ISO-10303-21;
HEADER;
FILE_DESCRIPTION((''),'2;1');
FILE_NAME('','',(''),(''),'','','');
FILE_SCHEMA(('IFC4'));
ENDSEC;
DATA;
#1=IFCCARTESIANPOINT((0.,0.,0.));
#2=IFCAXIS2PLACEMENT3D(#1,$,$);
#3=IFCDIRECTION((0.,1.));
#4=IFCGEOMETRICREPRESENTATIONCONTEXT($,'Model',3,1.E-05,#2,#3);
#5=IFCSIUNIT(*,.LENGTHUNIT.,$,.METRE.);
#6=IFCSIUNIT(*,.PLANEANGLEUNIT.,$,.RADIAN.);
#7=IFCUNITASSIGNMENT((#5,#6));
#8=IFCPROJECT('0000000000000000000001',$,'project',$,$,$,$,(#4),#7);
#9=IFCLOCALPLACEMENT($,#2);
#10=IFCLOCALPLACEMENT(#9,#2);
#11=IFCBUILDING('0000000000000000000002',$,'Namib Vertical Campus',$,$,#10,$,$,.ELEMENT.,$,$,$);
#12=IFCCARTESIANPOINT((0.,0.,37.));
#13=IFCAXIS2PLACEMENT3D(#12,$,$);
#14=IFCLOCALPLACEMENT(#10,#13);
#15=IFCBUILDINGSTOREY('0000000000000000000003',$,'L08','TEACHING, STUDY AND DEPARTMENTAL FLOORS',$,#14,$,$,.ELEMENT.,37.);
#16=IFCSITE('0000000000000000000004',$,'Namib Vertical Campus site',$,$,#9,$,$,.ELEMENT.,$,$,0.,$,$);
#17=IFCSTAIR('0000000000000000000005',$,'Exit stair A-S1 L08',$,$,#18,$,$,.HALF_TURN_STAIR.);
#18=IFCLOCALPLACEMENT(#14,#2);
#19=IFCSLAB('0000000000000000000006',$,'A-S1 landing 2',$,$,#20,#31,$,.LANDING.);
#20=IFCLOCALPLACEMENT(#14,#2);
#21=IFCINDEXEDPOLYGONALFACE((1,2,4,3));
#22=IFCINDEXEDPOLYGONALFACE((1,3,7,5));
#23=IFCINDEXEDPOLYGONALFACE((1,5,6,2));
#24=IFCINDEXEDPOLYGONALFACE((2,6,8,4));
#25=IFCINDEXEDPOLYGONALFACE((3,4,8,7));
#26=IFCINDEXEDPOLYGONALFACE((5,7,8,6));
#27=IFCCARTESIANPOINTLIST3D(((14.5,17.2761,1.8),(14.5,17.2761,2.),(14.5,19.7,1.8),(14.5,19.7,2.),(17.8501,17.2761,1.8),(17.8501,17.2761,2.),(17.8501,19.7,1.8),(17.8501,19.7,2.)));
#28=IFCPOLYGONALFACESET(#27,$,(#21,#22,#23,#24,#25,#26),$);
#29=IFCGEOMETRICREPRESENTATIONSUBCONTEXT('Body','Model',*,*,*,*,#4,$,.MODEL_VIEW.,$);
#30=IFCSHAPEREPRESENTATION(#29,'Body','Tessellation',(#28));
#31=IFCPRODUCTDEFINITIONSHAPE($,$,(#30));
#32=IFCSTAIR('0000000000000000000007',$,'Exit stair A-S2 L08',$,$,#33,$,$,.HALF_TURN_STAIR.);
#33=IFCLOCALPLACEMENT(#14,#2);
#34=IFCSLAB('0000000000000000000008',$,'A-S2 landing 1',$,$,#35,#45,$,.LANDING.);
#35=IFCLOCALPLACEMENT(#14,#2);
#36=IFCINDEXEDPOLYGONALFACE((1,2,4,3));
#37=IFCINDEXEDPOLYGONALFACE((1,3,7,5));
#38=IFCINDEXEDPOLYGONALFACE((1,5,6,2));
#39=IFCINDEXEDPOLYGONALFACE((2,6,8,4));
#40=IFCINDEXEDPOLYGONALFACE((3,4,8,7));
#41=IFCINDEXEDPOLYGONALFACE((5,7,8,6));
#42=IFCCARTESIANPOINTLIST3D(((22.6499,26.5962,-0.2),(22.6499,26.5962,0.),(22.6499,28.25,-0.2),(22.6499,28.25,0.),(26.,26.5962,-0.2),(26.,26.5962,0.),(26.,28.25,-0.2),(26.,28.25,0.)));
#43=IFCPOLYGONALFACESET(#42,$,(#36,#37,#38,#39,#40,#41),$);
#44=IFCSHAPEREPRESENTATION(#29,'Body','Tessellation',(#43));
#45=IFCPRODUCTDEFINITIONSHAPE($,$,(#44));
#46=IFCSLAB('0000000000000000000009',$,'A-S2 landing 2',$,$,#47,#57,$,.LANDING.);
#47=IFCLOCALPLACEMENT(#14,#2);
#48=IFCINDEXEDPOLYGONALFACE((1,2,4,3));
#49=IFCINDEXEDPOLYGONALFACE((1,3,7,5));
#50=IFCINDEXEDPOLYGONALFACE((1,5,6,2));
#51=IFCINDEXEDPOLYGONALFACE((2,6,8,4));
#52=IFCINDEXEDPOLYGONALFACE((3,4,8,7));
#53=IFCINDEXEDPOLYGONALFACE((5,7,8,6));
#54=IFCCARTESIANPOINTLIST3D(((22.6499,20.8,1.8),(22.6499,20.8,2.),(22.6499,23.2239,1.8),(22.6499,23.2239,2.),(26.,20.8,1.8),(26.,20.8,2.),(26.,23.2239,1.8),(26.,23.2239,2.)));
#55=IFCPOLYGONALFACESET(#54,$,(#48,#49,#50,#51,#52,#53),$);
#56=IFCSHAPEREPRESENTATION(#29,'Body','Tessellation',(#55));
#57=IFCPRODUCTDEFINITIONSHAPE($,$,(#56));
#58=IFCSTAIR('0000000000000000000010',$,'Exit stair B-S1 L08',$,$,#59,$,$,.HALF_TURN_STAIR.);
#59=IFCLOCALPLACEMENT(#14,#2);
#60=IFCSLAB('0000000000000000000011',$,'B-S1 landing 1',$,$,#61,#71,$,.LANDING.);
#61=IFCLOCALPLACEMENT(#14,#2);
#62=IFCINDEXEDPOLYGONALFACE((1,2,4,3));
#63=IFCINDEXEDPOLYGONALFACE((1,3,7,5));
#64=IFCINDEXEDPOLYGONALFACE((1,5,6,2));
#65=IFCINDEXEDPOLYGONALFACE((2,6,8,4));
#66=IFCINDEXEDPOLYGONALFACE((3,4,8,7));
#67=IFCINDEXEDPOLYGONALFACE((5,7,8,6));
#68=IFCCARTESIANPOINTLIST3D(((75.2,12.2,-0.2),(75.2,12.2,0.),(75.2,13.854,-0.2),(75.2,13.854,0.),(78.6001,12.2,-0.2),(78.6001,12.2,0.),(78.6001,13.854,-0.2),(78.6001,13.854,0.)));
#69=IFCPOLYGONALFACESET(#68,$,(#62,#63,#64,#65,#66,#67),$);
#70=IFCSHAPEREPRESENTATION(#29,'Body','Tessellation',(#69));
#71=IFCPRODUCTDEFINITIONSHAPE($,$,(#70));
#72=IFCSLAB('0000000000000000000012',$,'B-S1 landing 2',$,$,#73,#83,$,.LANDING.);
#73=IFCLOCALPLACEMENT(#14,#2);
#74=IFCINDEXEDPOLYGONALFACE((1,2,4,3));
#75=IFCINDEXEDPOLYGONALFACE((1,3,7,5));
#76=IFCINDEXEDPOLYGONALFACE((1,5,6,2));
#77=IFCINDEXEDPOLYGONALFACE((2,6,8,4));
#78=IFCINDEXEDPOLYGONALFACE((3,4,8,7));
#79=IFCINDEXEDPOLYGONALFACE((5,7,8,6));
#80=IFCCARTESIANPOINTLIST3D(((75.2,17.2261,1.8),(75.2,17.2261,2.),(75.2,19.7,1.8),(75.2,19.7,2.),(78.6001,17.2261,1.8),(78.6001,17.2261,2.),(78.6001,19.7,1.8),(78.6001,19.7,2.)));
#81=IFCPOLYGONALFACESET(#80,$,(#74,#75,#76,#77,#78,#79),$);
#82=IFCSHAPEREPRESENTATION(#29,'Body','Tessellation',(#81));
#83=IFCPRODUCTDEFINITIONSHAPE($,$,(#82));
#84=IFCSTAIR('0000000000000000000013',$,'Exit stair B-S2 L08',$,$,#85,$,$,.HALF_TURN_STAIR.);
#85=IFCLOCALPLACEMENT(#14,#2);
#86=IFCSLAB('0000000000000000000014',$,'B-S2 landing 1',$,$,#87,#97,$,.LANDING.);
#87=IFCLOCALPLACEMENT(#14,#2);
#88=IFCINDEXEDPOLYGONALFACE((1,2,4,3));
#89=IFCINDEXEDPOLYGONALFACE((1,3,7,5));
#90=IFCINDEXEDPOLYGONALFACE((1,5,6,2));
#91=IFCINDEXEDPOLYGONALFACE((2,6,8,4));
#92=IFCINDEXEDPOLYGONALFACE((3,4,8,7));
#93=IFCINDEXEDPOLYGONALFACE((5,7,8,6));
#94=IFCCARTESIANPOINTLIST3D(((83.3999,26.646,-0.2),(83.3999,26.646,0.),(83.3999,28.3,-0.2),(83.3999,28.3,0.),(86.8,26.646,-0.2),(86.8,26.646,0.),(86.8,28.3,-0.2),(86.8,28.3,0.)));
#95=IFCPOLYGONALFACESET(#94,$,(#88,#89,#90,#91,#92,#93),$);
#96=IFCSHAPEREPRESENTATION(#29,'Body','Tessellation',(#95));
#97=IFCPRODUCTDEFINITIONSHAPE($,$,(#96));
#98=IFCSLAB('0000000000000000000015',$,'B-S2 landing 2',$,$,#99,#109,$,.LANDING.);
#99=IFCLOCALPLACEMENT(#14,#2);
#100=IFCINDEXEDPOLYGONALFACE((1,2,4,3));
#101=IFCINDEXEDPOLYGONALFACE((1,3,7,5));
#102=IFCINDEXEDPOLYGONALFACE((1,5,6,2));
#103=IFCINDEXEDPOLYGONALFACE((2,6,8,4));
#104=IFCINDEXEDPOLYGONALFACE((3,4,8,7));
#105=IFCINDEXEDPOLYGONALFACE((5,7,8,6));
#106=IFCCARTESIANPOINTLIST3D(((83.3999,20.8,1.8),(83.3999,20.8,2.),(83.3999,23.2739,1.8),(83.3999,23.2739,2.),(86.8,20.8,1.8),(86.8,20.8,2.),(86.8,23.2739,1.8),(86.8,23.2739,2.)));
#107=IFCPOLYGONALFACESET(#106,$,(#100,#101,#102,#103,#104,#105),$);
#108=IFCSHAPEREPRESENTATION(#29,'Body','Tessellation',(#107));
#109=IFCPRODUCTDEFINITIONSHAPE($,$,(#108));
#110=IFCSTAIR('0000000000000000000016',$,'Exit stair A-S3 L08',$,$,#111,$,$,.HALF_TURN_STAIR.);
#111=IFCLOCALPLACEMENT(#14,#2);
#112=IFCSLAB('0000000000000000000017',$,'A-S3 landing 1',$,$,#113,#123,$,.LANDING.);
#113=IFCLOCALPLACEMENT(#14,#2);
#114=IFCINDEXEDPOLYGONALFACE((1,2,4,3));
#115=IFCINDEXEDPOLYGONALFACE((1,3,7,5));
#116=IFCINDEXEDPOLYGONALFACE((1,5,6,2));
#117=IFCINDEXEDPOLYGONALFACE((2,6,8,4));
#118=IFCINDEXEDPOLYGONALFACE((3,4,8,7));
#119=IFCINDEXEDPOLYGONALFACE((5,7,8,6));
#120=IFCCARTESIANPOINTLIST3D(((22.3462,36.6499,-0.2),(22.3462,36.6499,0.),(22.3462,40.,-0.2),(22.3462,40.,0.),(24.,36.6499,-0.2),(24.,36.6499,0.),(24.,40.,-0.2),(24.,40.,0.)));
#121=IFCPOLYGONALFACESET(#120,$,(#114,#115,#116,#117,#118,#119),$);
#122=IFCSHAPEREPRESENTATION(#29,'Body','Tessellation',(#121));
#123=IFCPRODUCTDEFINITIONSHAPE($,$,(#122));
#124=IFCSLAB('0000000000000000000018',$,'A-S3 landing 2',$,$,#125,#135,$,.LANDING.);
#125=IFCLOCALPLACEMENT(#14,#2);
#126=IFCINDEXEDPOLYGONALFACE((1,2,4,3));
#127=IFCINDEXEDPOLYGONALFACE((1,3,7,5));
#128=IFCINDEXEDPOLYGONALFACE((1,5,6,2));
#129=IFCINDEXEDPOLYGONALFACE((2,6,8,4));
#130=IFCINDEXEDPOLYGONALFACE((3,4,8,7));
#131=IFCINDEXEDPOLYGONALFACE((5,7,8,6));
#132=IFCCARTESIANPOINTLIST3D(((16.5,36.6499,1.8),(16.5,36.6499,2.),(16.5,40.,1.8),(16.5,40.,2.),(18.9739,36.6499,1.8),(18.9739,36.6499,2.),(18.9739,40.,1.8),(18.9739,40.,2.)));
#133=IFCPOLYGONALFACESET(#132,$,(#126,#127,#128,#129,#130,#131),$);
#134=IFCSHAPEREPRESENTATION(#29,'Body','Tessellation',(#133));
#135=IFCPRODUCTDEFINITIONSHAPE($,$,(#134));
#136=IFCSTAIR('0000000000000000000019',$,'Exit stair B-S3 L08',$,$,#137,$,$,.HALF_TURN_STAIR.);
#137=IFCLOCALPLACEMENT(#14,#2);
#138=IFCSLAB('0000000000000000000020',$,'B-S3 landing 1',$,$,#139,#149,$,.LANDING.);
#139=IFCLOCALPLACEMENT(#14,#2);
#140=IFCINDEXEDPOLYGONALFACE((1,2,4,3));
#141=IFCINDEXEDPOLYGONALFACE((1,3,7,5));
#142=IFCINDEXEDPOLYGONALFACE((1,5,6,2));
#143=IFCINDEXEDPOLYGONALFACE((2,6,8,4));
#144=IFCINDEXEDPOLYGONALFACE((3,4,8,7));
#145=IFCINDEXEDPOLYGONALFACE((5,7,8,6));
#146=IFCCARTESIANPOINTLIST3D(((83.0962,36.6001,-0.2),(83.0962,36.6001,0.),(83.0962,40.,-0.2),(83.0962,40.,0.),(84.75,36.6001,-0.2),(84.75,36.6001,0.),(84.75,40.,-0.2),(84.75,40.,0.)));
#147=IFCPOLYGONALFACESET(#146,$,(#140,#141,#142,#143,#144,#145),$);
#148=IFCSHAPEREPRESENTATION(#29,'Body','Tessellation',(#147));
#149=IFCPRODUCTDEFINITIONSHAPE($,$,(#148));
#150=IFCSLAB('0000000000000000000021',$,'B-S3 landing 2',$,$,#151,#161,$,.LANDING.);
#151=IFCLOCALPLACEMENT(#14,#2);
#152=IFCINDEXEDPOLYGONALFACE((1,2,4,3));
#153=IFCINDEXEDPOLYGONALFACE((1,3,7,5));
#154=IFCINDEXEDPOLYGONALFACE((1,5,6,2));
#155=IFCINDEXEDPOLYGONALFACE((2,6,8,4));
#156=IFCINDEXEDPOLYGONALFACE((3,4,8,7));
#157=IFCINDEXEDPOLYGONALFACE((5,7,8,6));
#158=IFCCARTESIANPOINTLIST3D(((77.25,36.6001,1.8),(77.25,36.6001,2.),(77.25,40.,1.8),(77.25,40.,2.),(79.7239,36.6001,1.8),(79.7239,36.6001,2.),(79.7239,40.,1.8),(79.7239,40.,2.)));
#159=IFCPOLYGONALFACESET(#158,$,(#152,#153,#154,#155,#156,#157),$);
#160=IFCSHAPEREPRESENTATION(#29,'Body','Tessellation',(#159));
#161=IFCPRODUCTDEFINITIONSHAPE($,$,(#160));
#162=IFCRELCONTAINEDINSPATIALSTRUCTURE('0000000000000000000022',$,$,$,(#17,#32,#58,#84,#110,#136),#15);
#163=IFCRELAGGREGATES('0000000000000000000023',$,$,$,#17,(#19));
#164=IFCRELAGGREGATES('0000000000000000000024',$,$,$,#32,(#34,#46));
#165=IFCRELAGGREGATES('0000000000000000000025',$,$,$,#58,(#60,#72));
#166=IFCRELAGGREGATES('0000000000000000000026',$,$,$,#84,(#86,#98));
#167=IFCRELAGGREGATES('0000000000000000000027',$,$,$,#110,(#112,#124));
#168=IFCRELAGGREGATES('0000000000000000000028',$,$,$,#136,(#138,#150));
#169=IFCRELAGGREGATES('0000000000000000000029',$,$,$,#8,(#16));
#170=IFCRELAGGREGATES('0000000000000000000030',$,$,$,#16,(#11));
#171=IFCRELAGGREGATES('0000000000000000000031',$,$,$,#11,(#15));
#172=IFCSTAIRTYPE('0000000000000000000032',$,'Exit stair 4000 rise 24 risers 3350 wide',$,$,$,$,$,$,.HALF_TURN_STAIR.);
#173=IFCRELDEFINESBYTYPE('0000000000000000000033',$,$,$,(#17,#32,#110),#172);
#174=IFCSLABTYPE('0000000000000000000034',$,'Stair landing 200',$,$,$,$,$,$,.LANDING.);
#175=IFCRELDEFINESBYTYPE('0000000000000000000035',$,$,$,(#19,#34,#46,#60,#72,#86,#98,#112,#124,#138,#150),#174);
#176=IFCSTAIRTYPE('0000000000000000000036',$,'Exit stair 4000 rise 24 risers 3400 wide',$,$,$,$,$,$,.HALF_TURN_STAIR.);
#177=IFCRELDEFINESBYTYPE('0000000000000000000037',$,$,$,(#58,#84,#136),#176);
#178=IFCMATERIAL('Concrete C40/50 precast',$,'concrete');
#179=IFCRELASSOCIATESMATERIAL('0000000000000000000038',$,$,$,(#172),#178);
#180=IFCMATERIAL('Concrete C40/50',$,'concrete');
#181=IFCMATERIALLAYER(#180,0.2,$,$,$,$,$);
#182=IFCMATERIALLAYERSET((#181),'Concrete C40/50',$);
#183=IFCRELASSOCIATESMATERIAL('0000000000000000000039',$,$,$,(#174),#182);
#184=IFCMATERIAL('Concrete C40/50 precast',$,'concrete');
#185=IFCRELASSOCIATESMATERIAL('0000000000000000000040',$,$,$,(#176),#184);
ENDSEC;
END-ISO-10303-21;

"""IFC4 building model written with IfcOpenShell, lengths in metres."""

from ifc_helpers import new_model, si_unit, direction, frame, origin, place, context, subcontext, project, spatial, polyline, outline, extrude, material, layer, layer_set, type_object, element, aggregate, save


model = new_model("IFC4")

# Units and contexts
model_context = context("Model", 3, precision=1e-05, world=origin(), true_north=direction((0.0, 1.0)))
body_context = subcontext(model_context, "Body", "Model", "MODEL_VIEW")
ifc_project = project(units=[si_unit("LENGTHUNIT", "METRE"), si_unit("PLANEANGLEUNIT", "RADIAN")], contexts=[model_context])

# Site, building, storey
site_placement = place(None, origin())
site = spatial("IfcSite", under=ifc_project, at=site_placement, Name="Namib Vertical Campus site", CompositionType="ELEMENT", RefElevation=0.0)
building_placement = place(site_placement, origin())
building = spatial("IfcBuilding", under=site, at=building_placement, Name="Namib Vertical Campus", CompositionType="ELEMENT")
storey_placement = place(building_placement, frame((0.0, 0.0, 37.0)))
storey = spatial("IfcBuildingStorey", under=building, at=storey_placement, Name="L08", Description="TEACHING, STUDY AND DEPARTMENTAL FLOORS", CompositionType="ELEMENT", Elevation=37.0)

# Stairs, slabs
ifc_material_1 = material(Name="Concrete C40/50 precast", Category="concrete")
stair_type_1 = type_object("IfcStairType", Name="Exit stair 4000 rise 24 risers 3350 wide", PredefinedType="HALF_TURN_STAIR", material=ifc_material_1)
stair_1_placement = place(storey_placement, origin())
stair_1 = element("IfcStair", 1, at=stair_1_placement, inside=storey, type_object=stair_type_1, Name="Exit stair A-S1 L08", PredefinedType="HALF_TURN_STAIR")
ifc_material_2 = material(Name="Concrete C40/50", Category="concrete")
ifc_layer_1 = layer(ifc_material_2, 0.2)
ifc_layer_set_1 = layer_set([ifc_layer_1], Name="Concrete C40/50")
slab_type_1 = type_object("IfcSlabType", Name="Stair landing 200", PredefinedType="LANDING", material=ifc_layer_set_1)
slab_1_placement = place(storey_placement, frame((0.0, 0.0, 1.8)))
slab_1 = element("IfcSlab", 2, at=slab_1_placement, type_object=slab_type_1, Name="A-S1 landing 2", PredefinedType="LANDING", context=body_context, shape_type="SweptSolid", body=[
    extrude(outline(polyline([(14.5, 17.2761), (17.8501, 17.2761), (17.8501, 19.7), (14.5, 19.7), (14.5, 17.2761)])), origin(), (0.0, 0.0, 1.0), 0.2),
])
aggregate(stair_1, [slab_1])
stair_2_placement = place(storey_placement, origin())
stair_2 = element("IfcStair", 3, at=stair_2_placement, inside=storey, type_object=stair_type_1, Name="Exit stair A-S2 L08", PredefinedType="HALF_TURN_STAIR")
slab_2_placement = place(storey_placement, frame((0.0, 0.0, -0.2)))
slab_2 = element("IfcSlab", 4, at=slab_2_placement, type_object=slab_type_1, Name="A-S2 landing 1", PredefinedType="LANDING", context=body_context, shape_type="SweptSolid", body=[
    extrude(outline(polyline([(22.6499, 26.5962), (26.0, 26.5962), (26.0, 28.25), (22.6499, 28.25), (22.6499, 26.5962)])), origin(), (0.0, 0.0, 1.0), 0.2),
])
slab_3_placement = place(storey_placement, frame((0.0, 0.0, 1.8)))
slab_3 = element("IfcSlab", 5, at=slab_3_placement, type_object=slab_type_1, Name="A-S2 landing 2", PredefinedType="LANDING", context=body_context, shape_type="SweptSolid", body=[
    extrude(outline(polyline([(22.6499, 20.8), (26.0, 20.8), (26.0, 23.2239), (22.6499, 23.2239), (22.6499, 20.8)])), origin(), (0.0, 0.0, 1.0), 0.2),
])
aggregate(stair_2, [slab_2, slab_3])
ifc_material_3 = material(Name="Concrete C40/50 precast", Category="concrete")
stair_type_2 = type_object("IfcStairType", Name="Exit stair 4000 rise 24 risers 3400 wide", PredefinedType="HALF_TURN_STAIR", material=ifc_material_3)
stair_3_placement = place(storey_placement, origin())
stair_3 = element("IfcStair", 6, at=stair_3_placement, inside=storey, type_object=stair_type_2, Name="Exit stair B-S1 L08", PredefinedType="HALF_TURN_STAIR")
slab_4_placement = place(storey_placement, frame((0.0, 0.0, -0.2)))
slab_4 = element("IfcSlab", 7, at=slab_4_placement, type_object=slab_type_1, Name="B-S1 landing 1", PredefinedType="LANDING", context=body_context, shape_type="SweptSolid", body=[
    extrude(outline(polyline([(75.2, 12.2), (78.6001, 12.2), (78.6001, 13.854), (75.2, 13.854), (75.2, 12.2)])), origin(), (0.0, 0.0, 1.0), 0.2),
])
slab_5_placement = place(storey_placement, frame((0.0, 0.0, 1.8)))
slab_5 = element("IfcSlab", 8, at=slab_5_placement, type_object=slab_type_1, Name="B-S1 landing 2", PredefinedType="LANDING", context=body_context, shape_type="SweptSolid", body=[
    extrude(outline(polyline([(75.2, 17.2261), (78.6001, 17.2261), (78.6001, 19.7), (75.2, 19.7), (75.2, 17.2261)])), origin(), (0.0, 0.0, 1.0), 0.2),
])
aggregate(stair_3, [slab_4, slab_5])
stair_4_placement = place(storey_placement, origin())
stair_4 = element("IfcStair", 9, at=stair_4_placement, inside=storey, type_object=stair_type_2, Name="Exit stair B-S2 L08", PredefinedType="HALF_TURN_STAIR")
slab_6_placement = place(storey_placement, frame((0.0, 0.0, -0.2)))
slab_6 = element("IfcSlab", 10, at=slab_6_placement, type_object=slab_type_1, Name="B-S2 landing 1", PredefinedType="LANDING", context=body_context, shape_type="SweptSolid", body=[
    extrude(outline(polyline([(83.3999, 26.646), (86.8, 26.646), (86.8, 28.3), (83.3999, 28.3), (83.3999, 26.646)])), origin(), (0.0, 0.0, 1.0), 0.2),
])
slab_7_placement = place(storey_placement, frame((0.0, 0.0, 1.8)))
slab_7 = element("IfcSlab", 11, at=slab_7_placement, type_object=slab_type_1, Name="B-S2 landing 2", PredefinedType="LANDING", context=body_context, shape_type="SweptSolid", body=[
    extrude(outline(polyline([(83.3999, 20.8), (86.8, 20.8), (86.8, 23.2739), (83.3999, 23.2739), (83.3999, 20.8)])), origin(), (0.0, 0.0, 1.0), 0.2),
])
aggregate(stair_4, [slab_6, slab_7])
stair_5_placement = place(storey_placement, origin())
stair_5 = element("IfcStair", 12, at=stair_5_placement, inside=storey, type_object=stair_type_1, Name="Exit stair A-S3 L08", PredefinedType="HALF_TURN_STAIR")
slab_8_placement = place(storey_placement, frame((0.0, 0.0, -0.2)))
slab_8 = element("IfcSlab", 13, at=slab_8_placement, type_object=slab_type_1, Name="A-S3 landing 1", PredefinedType="LANDING", context=body_context, shape_type="SweptSolid", body=[
    extrude(outline(polyline([(22.3462, 36.6499), (22.3462, 40.0), (24.0, 40.0), (24.0, 36.6499), (22.3462, 36.6499)])), origin(), (0.0, 0.0, 1.0), 0.2),
])
slab_9_placement = place(storey_placement, frame((0.0, 0.0, 1.8)))
slab_9 = element("IfcSlab", 14, at=slab_9_placement, type_object=slab_type_1, Name="A-S3 landing 2", PredefinedType="LANDING", context=body_context, shape_type="SweptSolid", body=[
    extrude(outline(polyline([(16.5, 36.6499), (16.5, 40.0), (18.9739, 40.0), (18.9739, 36.6499), (16.5, 36.6499)])), origin(), (0.0, 0.0, 1.0), 0.2),
])
aggregate(stair_5, [slab_8, slab_9])
stair_6_placement = place(storey_placement, origin())
stair_6 = element("IfcStair", 15, at=stair_6_placement, inside=storey, type_object=stair_type_2, Name="Exit stair B-S3 L08", PredefinedType="HALF_TURN_STAIR")
slab_10_placement = place(storey_placement, frame((0.0, 0.0, -0.2)))
slab_10 = element("IfcSlab", 16, at=slab_10_placement, type_object=slab_type_1, Name="B-S3 landing 1", PredefinedType="LANDING", context=body_context, shape_type="SweptSolid", body=[
    extrude(outline(polyline([(83.0962, 36.6001), (83.0962, 40.0), (84.75, 40.0), (84.75, 36.6001), (83.0962, 36.6001)])), origin(), (0.0, 0.0, 1.0), 0.2),
])
slab_11_placement = place(storey_placement, frame((0.0, 0.0, 1.8)))
slab_11 = element("IfcSlab", 17, at=slab_11_placement, type_object=slab_type_1, Name="B-S3 landing 2", PredefinedType="LANDING", context=body_context, shape_type="SweptSolid", body=[
    extrude(outline(polyline([(77.25, 36.6001), (77.25, 40.0), (79.7239, 40.0), (79.7239, 36.6001), (77.25, 36.6001)])), origin(), (0.0, 0.0, 1.0), 0.2),
])
aggregate(stair_6, [slab_10, slab_11])

save(model, "model.ifc")
